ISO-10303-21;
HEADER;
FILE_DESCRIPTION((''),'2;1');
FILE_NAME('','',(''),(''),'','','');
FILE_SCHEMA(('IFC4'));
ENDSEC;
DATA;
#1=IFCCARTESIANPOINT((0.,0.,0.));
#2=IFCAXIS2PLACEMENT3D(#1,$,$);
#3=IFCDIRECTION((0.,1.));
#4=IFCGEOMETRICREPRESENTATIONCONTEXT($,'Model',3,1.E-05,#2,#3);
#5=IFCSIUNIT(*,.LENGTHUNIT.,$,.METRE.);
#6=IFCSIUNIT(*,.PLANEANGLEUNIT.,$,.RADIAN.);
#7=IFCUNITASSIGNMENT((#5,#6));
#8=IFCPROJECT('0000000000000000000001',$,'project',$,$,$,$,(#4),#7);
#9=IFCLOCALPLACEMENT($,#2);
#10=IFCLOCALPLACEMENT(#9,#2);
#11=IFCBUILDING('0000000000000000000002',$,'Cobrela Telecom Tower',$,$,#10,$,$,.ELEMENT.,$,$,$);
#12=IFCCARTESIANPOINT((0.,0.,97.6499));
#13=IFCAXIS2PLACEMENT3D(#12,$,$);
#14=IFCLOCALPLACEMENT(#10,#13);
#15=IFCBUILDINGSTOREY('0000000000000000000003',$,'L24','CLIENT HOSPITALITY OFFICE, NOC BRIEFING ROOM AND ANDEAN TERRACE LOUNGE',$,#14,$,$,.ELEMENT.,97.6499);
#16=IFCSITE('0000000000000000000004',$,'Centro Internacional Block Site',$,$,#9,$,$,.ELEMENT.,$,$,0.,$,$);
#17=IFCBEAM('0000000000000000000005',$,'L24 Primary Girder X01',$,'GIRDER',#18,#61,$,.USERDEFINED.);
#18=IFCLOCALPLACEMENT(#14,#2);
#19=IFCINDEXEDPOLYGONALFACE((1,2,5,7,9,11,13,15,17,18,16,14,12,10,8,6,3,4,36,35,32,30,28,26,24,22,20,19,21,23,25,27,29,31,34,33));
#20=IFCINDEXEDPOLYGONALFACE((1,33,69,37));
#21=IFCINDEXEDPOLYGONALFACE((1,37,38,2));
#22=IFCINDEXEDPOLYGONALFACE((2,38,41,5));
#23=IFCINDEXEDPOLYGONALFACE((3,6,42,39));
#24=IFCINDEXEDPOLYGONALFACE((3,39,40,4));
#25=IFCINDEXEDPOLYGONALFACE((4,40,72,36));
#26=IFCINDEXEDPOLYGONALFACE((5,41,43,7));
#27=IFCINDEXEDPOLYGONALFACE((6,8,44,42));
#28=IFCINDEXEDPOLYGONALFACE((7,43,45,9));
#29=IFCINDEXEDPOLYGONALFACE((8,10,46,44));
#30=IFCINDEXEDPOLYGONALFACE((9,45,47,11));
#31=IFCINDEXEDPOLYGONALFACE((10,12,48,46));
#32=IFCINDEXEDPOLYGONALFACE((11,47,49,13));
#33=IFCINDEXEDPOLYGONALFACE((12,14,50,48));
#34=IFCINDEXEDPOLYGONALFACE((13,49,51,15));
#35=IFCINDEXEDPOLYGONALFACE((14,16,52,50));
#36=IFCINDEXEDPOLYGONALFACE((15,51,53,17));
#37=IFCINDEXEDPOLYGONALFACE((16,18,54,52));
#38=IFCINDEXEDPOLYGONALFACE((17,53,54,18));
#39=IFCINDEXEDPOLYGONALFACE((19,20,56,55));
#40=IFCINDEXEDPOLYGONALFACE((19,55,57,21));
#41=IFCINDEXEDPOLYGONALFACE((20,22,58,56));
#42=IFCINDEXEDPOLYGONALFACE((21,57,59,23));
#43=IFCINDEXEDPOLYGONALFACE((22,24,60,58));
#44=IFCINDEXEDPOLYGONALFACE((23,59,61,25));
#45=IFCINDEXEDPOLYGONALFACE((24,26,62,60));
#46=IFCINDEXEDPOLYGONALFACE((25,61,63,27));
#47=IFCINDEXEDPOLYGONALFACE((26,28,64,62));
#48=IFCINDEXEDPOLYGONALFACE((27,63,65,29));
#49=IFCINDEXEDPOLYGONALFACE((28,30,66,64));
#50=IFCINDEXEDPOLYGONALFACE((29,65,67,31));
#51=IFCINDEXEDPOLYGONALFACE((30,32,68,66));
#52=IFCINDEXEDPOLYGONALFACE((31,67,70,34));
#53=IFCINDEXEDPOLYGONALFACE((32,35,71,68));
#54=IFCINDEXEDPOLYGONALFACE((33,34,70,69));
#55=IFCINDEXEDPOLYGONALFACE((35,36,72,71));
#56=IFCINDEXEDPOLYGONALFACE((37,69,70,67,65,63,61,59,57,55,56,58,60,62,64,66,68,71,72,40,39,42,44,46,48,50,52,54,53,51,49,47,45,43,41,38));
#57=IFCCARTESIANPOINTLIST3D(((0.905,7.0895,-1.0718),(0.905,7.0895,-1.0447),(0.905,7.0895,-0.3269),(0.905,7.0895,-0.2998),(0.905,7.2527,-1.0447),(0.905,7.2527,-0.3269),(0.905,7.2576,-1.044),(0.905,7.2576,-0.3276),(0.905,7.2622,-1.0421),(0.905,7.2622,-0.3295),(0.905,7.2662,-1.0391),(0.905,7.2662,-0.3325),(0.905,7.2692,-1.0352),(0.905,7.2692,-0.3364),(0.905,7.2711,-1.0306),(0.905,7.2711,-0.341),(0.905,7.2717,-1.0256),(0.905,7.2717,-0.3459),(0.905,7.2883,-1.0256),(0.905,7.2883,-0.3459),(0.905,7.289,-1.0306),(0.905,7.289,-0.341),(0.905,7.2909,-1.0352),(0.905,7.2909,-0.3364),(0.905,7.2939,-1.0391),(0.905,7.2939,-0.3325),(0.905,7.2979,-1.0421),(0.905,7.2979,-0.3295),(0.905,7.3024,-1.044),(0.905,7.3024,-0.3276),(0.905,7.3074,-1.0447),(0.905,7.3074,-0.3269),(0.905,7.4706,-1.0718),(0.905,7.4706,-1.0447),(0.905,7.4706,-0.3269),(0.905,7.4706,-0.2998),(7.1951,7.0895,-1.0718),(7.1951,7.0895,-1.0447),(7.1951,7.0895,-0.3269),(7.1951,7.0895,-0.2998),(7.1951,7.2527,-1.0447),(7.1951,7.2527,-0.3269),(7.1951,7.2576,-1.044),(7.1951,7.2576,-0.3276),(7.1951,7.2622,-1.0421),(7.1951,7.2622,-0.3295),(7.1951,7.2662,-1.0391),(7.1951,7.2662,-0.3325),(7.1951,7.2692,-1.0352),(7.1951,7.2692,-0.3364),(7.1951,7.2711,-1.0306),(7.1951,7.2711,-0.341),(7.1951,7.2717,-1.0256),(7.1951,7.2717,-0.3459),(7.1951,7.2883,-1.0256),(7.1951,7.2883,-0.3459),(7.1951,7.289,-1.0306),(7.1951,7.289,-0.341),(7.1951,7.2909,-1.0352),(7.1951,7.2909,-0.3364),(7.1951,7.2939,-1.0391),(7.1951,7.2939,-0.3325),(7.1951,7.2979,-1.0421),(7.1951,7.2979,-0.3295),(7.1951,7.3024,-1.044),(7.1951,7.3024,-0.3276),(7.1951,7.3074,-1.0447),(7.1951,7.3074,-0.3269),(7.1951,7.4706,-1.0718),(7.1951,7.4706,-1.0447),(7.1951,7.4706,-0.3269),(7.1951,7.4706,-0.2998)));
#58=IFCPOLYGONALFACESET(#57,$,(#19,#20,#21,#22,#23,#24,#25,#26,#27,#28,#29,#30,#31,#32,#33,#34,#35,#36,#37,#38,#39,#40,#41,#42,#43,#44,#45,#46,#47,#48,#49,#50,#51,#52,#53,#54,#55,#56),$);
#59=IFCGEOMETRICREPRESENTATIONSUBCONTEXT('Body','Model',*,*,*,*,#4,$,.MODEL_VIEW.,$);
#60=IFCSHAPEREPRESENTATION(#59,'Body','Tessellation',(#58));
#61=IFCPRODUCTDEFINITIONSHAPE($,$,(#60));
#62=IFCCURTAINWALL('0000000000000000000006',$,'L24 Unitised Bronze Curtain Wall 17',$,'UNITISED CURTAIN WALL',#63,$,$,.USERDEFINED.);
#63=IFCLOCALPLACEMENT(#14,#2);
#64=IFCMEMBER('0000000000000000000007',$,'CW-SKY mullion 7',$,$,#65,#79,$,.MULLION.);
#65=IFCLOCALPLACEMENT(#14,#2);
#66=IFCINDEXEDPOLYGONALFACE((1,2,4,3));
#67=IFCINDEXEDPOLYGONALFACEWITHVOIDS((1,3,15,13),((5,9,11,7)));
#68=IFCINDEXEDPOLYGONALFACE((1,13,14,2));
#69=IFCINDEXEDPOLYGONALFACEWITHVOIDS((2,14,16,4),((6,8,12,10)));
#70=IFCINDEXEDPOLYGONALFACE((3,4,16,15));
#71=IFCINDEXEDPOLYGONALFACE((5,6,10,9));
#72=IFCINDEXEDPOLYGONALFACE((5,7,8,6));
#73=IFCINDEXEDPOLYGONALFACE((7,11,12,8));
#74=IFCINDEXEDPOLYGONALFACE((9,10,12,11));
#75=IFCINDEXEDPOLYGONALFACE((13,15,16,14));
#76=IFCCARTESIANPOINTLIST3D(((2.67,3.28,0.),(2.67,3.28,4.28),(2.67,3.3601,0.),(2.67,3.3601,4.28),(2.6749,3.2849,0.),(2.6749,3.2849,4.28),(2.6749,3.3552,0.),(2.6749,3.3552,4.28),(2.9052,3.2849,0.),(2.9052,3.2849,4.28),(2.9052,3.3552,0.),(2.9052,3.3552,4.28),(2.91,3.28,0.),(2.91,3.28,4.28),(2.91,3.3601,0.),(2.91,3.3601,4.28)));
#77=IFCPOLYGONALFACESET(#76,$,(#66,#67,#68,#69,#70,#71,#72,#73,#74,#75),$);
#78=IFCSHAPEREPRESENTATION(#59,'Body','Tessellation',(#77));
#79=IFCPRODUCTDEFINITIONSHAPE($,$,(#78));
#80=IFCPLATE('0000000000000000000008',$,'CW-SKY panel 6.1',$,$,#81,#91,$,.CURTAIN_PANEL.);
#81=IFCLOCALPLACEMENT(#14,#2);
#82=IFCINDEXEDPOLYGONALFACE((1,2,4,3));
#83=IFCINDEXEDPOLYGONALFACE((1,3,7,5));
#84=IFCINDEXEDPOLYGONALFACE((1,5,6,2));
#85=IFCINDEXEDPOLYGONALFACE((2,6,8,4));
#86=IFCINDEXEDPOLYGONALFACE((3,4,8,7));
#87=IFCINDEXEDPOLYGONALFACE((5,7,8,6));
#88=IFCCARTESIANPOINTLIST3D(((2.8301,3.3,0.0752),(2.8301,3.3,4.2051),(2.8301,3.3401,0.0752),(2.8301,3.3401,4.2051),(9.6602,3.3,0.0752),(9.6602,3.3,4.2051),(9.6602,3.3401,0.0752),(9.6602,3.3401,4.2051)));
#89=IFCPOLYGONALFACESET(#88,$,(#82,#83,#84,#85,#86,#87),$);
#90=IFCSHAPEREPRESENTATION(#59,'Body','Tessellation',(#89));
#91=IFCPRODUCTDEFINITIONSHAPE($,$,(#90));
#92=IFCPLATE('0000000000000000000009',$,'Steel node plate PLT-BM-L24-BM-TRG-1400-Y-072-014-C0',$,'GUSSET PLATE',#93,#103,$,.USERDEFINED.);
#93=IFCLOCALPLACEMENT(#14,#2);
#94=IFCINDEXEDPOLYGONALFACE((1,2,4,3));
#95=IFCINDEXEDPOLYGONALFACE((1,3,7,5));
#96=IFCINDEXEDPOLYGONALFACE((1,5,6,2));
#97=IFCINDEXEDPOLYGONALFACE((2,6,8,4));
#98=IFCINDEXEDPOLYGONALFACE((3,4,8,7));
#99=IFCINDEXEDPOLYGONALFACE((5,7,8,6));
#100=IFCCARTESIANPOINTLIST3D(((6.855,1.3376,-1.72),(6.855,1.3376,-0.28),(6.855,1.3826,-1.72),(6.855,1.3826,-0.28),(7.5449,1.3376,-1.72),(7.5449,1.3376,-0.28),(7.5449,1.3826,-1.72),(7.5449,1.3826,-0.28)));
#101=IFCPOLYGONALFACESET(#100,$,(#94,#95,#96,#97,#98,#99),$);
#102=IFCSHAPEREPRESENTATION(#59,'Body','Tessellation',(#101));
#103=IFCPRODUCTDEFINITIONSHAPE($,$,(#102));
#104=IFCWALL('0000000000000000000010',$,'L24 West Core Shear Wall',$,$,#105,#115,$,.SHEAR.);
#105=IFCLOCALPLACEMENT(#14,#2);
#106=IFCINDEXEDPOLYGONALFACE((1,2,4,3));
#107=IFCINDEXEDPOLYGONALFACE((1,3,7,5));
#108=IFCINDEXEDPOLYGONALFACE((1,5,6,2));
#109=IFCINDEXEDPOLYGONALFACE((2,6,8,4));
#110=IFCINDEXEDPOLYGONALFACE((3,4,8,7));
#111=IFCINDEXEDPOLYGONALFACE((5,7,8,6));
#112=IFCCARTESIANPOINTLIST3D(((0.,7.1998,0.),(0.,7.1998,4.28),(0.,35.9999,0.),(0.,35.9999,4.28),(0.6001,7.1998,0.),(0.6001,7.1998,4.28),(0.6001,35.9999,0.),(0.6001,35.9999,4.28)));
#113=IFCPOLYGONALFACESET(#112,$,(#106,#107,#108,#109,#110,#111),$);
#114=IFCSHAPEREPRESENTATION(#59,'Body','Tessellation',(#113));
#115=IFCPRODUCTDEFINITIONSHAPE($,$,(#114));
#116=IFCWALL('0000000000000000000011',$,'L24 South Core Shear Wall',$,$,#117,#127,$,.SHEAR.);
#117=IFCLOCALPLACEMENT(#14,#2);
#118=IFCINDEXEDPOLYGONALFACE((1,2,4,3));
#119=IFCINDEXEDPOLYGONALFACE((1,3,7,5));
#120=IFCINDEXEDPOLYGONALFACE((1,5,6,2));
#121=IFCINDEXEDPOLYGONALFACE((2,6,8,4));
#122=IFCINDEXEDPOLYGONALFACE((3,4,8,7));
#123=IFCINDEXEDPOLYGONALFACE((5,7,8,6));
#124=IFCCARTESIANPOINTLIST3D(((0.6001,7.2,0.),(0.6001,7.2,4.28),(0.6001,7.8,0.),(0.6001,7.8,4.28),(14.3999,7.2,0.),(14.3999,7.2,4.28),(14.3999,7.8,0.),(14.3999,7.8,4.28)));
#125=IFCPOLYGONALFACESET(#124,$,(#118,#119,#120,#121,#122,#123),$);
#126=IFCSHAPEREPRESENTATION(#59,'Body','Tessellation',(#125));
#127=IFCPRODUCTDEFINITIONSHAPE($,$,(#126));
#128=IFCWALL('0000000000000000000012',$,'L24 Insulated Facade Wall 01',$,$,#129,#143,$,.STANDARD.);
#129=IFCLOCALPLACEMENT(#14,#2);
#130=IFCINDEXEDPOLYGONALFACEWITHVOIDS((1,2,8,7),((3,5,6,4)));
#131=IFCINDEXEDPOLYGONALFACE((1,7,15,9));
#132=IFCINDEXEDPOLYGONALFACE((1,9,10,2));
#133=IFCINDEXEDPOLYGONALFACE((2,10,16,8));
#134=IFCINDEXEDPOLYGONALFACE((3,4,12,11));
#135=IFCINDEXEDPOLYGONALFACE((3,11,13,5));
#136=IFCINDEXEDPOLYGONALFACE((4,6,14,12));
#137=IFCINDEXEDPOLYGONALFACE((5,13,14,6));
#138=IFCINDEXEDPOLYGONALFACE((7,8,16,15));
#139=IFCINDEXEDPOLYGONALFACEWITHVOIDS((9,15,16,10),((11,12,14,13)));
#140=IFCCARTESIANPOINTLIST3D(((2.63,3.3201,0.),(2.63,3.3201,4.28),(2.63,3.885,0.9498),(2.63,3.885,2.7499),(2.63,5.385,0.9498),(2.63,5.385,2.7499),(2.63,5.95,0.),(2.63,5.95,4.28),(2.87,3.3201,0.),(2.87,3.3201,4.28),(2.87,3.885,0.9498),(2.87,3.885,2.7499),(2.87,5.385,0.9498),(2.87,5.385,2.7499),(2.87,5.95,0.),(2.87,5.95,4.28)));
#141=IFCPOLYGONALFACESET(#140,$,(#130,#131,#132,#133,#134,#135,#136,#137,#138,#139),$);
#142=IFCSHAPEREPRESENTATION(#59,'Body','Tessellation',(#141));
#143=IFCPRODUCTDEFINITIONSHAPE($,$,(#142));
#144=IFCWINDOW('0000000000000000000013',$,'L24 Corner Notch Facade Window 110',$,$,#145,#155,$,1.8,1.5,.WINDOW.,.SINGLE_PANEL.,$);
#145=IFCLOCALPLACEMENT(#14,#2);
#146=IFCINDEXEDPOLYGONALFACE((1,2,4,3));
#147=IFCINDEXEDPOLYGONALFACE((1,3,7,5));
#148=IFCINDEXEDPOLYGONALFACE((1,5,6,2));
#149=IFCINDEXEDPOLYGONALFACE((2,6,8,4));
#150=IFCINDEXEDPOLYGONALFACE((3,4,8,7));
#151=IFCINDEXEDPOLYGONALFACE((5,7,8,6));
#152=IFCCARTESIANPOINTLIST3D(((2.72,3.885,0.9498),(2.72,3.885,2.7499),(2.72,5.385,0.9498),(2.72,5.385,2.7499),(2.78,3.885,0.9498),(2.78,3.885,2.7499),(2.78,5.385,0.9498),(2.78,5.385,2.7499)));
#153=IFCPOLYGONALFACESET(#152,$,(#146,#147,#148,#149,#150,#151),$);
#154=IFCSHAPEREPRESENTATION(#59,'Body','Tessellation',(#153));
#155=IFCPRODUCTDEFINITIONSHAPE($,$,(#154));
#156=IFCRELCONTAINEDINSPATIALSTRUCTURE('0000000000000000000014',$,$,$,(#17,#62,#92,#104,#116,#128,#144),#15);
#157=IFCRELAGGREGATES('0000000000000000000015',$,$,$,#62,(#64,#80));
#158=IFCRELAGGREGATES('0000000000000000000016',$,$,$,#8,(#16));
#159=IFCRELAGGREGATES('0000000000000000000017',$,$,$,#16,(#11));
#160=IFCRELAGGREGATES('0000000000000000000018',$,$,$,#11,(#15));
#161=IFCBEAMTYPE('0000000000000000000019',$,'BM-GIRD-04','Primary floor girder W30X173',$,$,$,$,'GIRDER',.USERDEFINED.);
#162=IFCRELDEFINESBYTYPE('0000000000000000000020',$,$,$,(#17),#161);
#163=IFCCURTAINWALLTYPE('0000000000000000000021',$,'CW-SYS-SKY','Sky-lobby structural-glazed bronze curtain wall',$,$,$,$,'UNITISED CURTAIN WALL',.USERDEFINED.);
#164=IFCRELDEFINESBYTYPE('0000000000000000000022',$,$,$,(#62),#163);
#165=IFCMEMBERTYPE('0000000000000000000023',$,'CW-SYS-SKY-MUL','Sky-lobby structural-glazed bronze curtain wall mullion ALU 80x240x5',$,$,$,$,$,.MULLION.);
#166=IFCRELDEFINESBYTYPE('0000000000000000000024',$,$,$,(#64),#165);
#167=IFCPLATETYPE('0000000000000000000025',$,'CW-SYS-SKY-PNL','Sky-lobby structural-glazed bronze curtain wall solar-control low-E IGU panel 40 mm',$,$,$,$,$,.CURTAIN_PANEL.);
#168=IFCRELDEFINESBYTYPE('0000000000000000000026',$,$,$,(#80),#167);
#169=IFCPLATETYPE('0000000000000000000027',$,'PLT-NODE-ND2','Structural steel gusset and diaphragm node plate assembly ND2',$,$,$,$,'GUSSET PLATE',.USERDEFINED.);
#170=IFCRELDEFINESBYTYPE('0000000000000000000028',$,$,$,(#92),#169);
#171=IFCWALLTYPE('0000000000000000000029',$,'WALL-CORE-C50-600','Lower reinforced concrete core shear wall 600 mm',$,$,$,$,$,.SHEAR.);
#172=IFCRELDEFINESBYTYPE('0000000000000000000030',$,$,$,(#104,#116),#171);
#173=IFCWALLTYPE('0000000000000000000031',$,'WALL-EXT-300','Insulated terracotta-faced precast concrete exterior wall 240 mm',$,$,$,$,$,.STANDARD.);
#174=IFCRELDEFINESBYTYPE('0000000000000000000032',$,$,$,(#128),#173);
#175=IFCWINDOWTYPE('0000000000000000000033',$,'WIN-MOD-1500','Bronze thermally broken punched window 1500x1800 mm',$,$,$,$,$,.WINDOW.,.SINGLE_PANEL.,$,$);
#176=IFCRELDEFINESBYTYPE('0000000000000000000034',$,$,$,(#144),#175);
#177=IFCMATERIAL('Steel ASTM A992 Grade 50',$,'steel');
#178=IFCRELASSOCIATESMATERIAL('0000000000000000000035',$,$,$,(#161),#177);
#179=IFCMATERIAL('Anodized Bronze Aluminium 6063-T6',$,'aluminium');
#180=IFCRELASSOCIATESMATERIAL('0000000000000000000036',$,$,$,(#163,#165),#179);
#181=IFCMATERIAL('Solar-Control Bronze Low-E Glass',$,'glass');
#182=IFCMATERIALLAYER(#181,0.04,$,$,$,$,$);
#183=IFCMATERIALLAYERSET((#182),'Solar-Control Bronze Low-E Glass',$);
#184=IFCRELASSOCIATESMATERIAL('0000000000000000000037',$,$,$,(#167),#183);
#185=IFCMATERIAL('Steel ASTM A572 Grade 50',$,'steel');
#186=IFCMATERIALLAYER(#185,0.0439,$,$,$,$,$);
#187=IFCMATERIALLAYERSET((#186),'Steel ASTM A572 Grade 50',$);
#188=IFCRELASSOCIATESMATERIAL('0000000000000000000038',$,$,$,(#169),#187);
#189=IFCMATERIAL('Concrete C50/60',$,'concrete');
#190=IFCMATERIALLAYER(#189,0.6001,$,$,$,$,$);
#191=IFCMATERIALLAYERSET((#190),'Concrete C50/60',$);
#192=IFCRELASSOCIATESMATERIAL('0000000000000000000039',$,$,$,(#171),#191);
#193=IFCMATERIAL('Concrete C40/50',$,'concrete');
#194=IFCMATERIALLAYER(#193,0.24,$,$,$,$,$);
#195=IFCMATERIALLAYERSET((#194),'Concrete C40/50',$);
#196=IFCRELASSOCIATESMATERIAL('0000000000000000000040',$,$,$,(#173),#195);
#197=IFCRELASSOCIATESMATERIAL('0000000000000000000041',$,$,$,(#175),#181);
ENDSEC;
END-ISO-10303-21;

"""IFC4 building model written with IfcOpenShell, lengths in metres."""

from ifc_helpers import new_model, si_unit, direction, frame, frame_2d, origin, origin_2d, place, context, subcontext, project, spatial, rectangle, hollow_rectangle, i_section, extrude, material, layer, layer_set, material_profile, profile_set, type_object, element, fill, aggregate, save


model = new_model("IFC4")

# Units and contexts
model_context = context("Model", 3, precision=1e-05, world=origin(), true_north=direction((0.0, 1.0)))
body_context = subcontext(model_context, "Body", "Model", "MODEL_VIEW")
ifc_project = project(units=[si_unit("LENGTHUNIT", "METRE"), si_unit("PLANEANGLEUNIT", "RADIAN")], contexts=[model_context])

# Site, building, storey
site_placement = place(None, origin())
site = spatial("IfcSite", under=ifc_project, at=site_placement, Name="Centro Internacional Block Site", CompositionType="ELEMENT", RefElevation=0.0)
building_placement = place(site_placement, origin())
building = spatial("IfcBuilding", under=site, at=building_placement, Name="Cobrela Telecom Tower", CompositionType="ELEMENT")
storey_placement = place(building_placement, frame((0.0, 0.0, 97.6499)))
storey = spatial("IfcBuildingStorey", under=building, at=storey_placement, Name="L24", Description="CLIENT HOSPITALITY OFFICE, NOC BRIEFING ROOM AND ANDEAN TERRACE LOUNGE", CompositionType="ELEMENT", Elevation=97.6499)

# Beam
ifc_material_1 = material(Name="Steel ASTM A992 Grade 50", Category="steel")
ifc_material_profile_1 = material_profile(ifc_material_1, i_section(OverallWidth=0.3811, OverallDepth=0.772, WebThickness=0.0166, FlangeThickness=0.0271, FilletRadius=0.019, at=origin_2d()), Name="W30X173")
ifc_profile_set_1 = profile_set([ifc_material_profile_1], Name="Steel ASTM A992 Grade 50")
beam_type = type_object("IfcBeamType", Name="BM-GIRD-04", Description="Primary floor girder W30X173", ElementType="GIRDER", PredefinedType="USERDEFINED", material=ifc_profile_set_1)
beam_placement = place(storey_placement, frame((0.905, 7.28, -0.6858), z_axis=(1.0, 0.0, 0.0), x_axis=(0.0, 1.0, 0.0)))
element("IfcBeam", 1, at=beam_placement, inside=storey, type_object=beam_type, Name="L24 Primary Girder X01", ObjectType="GIRDER", PredefinedType="USERDEFINED", context=body_context, shape_type="SweptSolid", body=[
    extrude(i_section(OverallWidth=0.3811, OverallDepth=0.772, WebThickness=0.0166, FlangeThickness=0.0271, FilletRadius=0.019, at=origin_2d()), origin(), (0.0, 0.0, 1.0), 6.29),
])

# Curtain wall, member, plate
ifc_material_2 = material(Name="Anodized Bronze Aluminium 6063-T6", Category="aluminium")
curtain_wall_type = type_object("IfcCurtainWallType", Name="CW-SYS-SKY", Description="Sky-lobby structural-glazed bronze curtain wall", ElementType="UNITISED CURTAIN WALL", PredefinedType="USERDEFINED", material=ifc_material_2)
curtain_wall_placement = place(storey_placement, origin())
curtain_wall = element("IfcCurtainWall", 2, at=curtain_wall_placement, inside=storey, type_object=curtain_wall_type, Name="L24 Unitised Bronze Curtain Wall 17", ObjectType="UNITISED CURTAIN WALL", PredefinedType="USERDEFINED")
ifc_material_profile_2 = material_profile(ifc_material_2, hollow_rectangle(XDim=0.0801, YDim=0.24, WallThickness=0.0049, at=origin_2d()), Name="ALU 80x240x5")
ifc_profile_set_2 = profile_set([ifc_material_profile_2], Name="Anodized Bronze Aluminium 6063-T6")
member_type = type_object("IfcMemberType", Name="CW-SYS-SKY-MUL", Description="Sky-lobby structural-glazed bronze curtain wall mullion ALU 80x240x5", PredefinedType="MULLION", material=ifc_profile_set_2)
member_placement = place(storey_placement, frame((2.79, 3.3201, 0.0), z_axis=(0.0, 0.0, 1.0), x_axis=(0.0, -1.0, 0.0)))
member = element("IfcMember", 3, at=member_placement, type_object=member_type, Name="CW-SKY mullion 7", PredefinedType="MULLION", context=body_context, shape_type="SweptSolid", body=[
    extrude(hollow_rectangle(XDim=0.0801, YDim=0.24, WallThickness=0.0049, at=origin_2d()), origin(), (0.0, 0.0, 1.0), 4.28),
])
ifc_material_3 = material(Name="Solar-Control Bronze Low-E Glass", Category="glass")
ifc_layer_1 = layer(ifc_material_3, 0.04)
ifc_layer_set_1 = layer_set([ifc_layer_1], Name="Solar-Control Bronze Low-E Glass")
plate_type_1 = type_object("IfcPlateType", Name="CW-SYS-SKY-PNL", Description="Sky-lobby structural-glazed bronze curtain wall solar-control low-E IGU panel 40 mm", PredefinedType="CURTAIN_PANEL", material=ifc_layer_set_1)
plate_1_placement = place(storey_placement, frame((6.2451, 3.3201, 0.0752), z_axis=(0.0, 0.0, 1.0), x_axis=(-1.0, 0.0, 0.0)))
plate_1 = element("IfcPlate", 4, at=plate_1_placement, type_object=plate_type_1, Name="CW-SKY panel 6.1", PredefinedType="CURTAIN_PANEL", context=body_context, shape_type="SweptSolid", body=[
    extrude(rectangle(XDim=6.8301, YDim=0.04, at=origin_2d()), origin(), (0.0, 0.0, 1.0), 4.1299),
])
aggregate(curtain_wall, [member, plate_1])

# Plate
ifc_material_4 = material(Name="Steel ASTM A572 Grade 50", Category="steel")
ifc_layer_2 = layer(ifc_material_4, 0.0439)
ifc_layer_set_2 = layer_set([ifc_layer_2], Name="Steel ASTM A572 Grade 50")
plate_type_2 = type_object("IfcPlateType", Name="PLT-NODE-ND2", Description="Structural steel gusset and diaphragm node plate assembly ND2", ElementType="GUSSET PLATE", PredefinedType="USERDEFINED", material=ifc_layer_set_2)
plate_2_placement = place(storey_placement, frame((7.2, 1.3601, -1.72), z_axis=(0.0, 0.0, 1.0), x_axis=(0.0, 1.0, 0.0)))
element("IfcPlate", 5, at=plate_2_placement, inside=storey, type_object=plate_type_2, Name="Steel node plate PLT-BM-L24-BM-TRG-1400-Y-072-014-C0", ObjectType="GUSSET PLATE", PredefinedType="USERDEFINED", context=body_context, shape_type="SweptSolid", body=[
    extrude(rectangle(XDim=0.0449, YDim=0.6899, at=origin_2d()), origin(), (0.0, 0.0, 1.0), 1.4399),
])

# Walls
ifc_material_5 = material(Name="Concrete C50/60", Category="concrete")
ifc_layer_3 = layer(ifc_material_5, 0.6001)
ifc_layer_set_3 = layer_set([ifc_layer_3], Name="Concrete C50/60")
wall_type_1 = type_object("IfcWallType", Name="WALL-CORE-C50-600", Description="Lower reinforced concrete core shear wall 600 mm", PredefinedType="SHEAR", material=ifc_layer_set_3)
wall_1_placement = place(storey_placement, frame((0.3, 7.2, 0.0), z_axis=(0.0, 0.0, 1.0), x_axis=(0.0, 1.0, 0.0)))
element("IfcWall", 6, at=wall_1_placement, inside=storey, type_object=wall_type_1, Name="L24 West Core Shear Wall", PredefinedType="SHEAR", context=body_context, shape_type="SweptSolid", body=[
    extrude(rectangle(XDim=28.8, YDim=0.6001, at=frame_2d((14.3999, 0.0))), origin(), (0.0, 0.0, 1.0), 4.28),
])
wall_2_placement = place(storey_placement, frame((0.6001, 7.5, 0.0), z_axis=(0.0, 0.0, 1.0), x_axis=(1.0, 0.0, 0.0)))
element("IfcWall", 7, at=wall_2_placement, inside=storey, type_object=wall_type_1, Name="L24 South Core Shear Wall", PredefinedType="SHEAR", context=body_context, shape_type="SweptSolid", body=[
    extrude(rectangle(XDim=13.7998, YDim=0.6001, at=frame_2d((6.8999, 0.0))), origin(), (0.0, 0.0, 1.0), 4.28),
])

# Wall, opening, window
ifc_material_6 = material(Name="Concrete C40/50", Category="concrete")
ifc_layer_4 = layer(ifc_material_6, 0.24)
ifc_layer_set_4 = layer_set([ifc_layer_4], Name="Concrete C40/50")
wall_type_2 = type_object("IfcWallType", Name="WALL-EXT-300", Description="Insulated terracotta-faced precast concrete exterior wall 240 mm", PredefinedType="STANDARD", material=ifc_layer_set_4)
wall_3_placement = place(storey_placement, frame((2.75, 3.3201, 0.0), z_axis=(0.0, 0.0, 1.0), x_axis=(0.0, 1.0, 0.0)))
wall_3 = element("IfcWall", 8, at=wall_3_placement, inside=storey, type_object=wall_type_2, Name="L24 Insulated Facade Wall 01", PredefinedType="STANDARD", context=body_context, shape_type="SweptSolid", body=[
    extrude(rectangle(XDim=2.6299, YDim=0.24, at=frame_2d((1.3149, 0.0))), origin(), (0.0, 0.0, 1.0), 4.28),
])
opening_1_placement = place(wall_3_placement, frame((0.5649, 0.0, 0.95)))
opening_1 = element("IfcOpeningElement", 9, at=opening_1_placement, cuts=wall_3, PredefinedType="OPENING", context=body_context, shape_type="SweptSolid", body=[
    extrude(rectangle(XDim=1.5, YDim=1.8, at=frame_2d((0.75, 0.8999))), frame((0.0, 0.1318, 0.0), z_axis=(0.0, -1.0, 0.0), x_axis=(1.0, 0.0, 0.0)), (0.0, 0.0, 1.0), 0.2639),
])
window_type_1 = type_object("IfcWindowType", Name="WIN-MOD-1500", Description="Bronze thermally broken punched window 1500x1800 mm", PartitioningType="SINGLE_PANEL", PredefinedType="WINDOW", material=ifc_material_3)
window_1_placement = place(opening_1_placement, origin())
window_1 = element("IfcWindow", 10, at=window_1_placement, inside=storey, type_object=window_type_1, Name="L24 Corner Notch Facade Window 110", OverallHeight=1.8, OverallWidth=1.5, PartitioningType="SINGLE_PANEL", PredefinedType="WINDOW", context=body_context, shape_type="SweptSolid", body=[
    extrude(rectangle(XDim=1.5, YDim=1.8, at=frame_2d((0.75, 0.8999))), frame((0.0, 0.03, 0.0), z_axis=(0.0, -1.0, 0.0), x_axis=(1.0, 0.0, 0.0)), (0.0, 0.0, 1.0), 0.0601),
])
fill(opening_1, window_1)

save(model, "model.ifc")
